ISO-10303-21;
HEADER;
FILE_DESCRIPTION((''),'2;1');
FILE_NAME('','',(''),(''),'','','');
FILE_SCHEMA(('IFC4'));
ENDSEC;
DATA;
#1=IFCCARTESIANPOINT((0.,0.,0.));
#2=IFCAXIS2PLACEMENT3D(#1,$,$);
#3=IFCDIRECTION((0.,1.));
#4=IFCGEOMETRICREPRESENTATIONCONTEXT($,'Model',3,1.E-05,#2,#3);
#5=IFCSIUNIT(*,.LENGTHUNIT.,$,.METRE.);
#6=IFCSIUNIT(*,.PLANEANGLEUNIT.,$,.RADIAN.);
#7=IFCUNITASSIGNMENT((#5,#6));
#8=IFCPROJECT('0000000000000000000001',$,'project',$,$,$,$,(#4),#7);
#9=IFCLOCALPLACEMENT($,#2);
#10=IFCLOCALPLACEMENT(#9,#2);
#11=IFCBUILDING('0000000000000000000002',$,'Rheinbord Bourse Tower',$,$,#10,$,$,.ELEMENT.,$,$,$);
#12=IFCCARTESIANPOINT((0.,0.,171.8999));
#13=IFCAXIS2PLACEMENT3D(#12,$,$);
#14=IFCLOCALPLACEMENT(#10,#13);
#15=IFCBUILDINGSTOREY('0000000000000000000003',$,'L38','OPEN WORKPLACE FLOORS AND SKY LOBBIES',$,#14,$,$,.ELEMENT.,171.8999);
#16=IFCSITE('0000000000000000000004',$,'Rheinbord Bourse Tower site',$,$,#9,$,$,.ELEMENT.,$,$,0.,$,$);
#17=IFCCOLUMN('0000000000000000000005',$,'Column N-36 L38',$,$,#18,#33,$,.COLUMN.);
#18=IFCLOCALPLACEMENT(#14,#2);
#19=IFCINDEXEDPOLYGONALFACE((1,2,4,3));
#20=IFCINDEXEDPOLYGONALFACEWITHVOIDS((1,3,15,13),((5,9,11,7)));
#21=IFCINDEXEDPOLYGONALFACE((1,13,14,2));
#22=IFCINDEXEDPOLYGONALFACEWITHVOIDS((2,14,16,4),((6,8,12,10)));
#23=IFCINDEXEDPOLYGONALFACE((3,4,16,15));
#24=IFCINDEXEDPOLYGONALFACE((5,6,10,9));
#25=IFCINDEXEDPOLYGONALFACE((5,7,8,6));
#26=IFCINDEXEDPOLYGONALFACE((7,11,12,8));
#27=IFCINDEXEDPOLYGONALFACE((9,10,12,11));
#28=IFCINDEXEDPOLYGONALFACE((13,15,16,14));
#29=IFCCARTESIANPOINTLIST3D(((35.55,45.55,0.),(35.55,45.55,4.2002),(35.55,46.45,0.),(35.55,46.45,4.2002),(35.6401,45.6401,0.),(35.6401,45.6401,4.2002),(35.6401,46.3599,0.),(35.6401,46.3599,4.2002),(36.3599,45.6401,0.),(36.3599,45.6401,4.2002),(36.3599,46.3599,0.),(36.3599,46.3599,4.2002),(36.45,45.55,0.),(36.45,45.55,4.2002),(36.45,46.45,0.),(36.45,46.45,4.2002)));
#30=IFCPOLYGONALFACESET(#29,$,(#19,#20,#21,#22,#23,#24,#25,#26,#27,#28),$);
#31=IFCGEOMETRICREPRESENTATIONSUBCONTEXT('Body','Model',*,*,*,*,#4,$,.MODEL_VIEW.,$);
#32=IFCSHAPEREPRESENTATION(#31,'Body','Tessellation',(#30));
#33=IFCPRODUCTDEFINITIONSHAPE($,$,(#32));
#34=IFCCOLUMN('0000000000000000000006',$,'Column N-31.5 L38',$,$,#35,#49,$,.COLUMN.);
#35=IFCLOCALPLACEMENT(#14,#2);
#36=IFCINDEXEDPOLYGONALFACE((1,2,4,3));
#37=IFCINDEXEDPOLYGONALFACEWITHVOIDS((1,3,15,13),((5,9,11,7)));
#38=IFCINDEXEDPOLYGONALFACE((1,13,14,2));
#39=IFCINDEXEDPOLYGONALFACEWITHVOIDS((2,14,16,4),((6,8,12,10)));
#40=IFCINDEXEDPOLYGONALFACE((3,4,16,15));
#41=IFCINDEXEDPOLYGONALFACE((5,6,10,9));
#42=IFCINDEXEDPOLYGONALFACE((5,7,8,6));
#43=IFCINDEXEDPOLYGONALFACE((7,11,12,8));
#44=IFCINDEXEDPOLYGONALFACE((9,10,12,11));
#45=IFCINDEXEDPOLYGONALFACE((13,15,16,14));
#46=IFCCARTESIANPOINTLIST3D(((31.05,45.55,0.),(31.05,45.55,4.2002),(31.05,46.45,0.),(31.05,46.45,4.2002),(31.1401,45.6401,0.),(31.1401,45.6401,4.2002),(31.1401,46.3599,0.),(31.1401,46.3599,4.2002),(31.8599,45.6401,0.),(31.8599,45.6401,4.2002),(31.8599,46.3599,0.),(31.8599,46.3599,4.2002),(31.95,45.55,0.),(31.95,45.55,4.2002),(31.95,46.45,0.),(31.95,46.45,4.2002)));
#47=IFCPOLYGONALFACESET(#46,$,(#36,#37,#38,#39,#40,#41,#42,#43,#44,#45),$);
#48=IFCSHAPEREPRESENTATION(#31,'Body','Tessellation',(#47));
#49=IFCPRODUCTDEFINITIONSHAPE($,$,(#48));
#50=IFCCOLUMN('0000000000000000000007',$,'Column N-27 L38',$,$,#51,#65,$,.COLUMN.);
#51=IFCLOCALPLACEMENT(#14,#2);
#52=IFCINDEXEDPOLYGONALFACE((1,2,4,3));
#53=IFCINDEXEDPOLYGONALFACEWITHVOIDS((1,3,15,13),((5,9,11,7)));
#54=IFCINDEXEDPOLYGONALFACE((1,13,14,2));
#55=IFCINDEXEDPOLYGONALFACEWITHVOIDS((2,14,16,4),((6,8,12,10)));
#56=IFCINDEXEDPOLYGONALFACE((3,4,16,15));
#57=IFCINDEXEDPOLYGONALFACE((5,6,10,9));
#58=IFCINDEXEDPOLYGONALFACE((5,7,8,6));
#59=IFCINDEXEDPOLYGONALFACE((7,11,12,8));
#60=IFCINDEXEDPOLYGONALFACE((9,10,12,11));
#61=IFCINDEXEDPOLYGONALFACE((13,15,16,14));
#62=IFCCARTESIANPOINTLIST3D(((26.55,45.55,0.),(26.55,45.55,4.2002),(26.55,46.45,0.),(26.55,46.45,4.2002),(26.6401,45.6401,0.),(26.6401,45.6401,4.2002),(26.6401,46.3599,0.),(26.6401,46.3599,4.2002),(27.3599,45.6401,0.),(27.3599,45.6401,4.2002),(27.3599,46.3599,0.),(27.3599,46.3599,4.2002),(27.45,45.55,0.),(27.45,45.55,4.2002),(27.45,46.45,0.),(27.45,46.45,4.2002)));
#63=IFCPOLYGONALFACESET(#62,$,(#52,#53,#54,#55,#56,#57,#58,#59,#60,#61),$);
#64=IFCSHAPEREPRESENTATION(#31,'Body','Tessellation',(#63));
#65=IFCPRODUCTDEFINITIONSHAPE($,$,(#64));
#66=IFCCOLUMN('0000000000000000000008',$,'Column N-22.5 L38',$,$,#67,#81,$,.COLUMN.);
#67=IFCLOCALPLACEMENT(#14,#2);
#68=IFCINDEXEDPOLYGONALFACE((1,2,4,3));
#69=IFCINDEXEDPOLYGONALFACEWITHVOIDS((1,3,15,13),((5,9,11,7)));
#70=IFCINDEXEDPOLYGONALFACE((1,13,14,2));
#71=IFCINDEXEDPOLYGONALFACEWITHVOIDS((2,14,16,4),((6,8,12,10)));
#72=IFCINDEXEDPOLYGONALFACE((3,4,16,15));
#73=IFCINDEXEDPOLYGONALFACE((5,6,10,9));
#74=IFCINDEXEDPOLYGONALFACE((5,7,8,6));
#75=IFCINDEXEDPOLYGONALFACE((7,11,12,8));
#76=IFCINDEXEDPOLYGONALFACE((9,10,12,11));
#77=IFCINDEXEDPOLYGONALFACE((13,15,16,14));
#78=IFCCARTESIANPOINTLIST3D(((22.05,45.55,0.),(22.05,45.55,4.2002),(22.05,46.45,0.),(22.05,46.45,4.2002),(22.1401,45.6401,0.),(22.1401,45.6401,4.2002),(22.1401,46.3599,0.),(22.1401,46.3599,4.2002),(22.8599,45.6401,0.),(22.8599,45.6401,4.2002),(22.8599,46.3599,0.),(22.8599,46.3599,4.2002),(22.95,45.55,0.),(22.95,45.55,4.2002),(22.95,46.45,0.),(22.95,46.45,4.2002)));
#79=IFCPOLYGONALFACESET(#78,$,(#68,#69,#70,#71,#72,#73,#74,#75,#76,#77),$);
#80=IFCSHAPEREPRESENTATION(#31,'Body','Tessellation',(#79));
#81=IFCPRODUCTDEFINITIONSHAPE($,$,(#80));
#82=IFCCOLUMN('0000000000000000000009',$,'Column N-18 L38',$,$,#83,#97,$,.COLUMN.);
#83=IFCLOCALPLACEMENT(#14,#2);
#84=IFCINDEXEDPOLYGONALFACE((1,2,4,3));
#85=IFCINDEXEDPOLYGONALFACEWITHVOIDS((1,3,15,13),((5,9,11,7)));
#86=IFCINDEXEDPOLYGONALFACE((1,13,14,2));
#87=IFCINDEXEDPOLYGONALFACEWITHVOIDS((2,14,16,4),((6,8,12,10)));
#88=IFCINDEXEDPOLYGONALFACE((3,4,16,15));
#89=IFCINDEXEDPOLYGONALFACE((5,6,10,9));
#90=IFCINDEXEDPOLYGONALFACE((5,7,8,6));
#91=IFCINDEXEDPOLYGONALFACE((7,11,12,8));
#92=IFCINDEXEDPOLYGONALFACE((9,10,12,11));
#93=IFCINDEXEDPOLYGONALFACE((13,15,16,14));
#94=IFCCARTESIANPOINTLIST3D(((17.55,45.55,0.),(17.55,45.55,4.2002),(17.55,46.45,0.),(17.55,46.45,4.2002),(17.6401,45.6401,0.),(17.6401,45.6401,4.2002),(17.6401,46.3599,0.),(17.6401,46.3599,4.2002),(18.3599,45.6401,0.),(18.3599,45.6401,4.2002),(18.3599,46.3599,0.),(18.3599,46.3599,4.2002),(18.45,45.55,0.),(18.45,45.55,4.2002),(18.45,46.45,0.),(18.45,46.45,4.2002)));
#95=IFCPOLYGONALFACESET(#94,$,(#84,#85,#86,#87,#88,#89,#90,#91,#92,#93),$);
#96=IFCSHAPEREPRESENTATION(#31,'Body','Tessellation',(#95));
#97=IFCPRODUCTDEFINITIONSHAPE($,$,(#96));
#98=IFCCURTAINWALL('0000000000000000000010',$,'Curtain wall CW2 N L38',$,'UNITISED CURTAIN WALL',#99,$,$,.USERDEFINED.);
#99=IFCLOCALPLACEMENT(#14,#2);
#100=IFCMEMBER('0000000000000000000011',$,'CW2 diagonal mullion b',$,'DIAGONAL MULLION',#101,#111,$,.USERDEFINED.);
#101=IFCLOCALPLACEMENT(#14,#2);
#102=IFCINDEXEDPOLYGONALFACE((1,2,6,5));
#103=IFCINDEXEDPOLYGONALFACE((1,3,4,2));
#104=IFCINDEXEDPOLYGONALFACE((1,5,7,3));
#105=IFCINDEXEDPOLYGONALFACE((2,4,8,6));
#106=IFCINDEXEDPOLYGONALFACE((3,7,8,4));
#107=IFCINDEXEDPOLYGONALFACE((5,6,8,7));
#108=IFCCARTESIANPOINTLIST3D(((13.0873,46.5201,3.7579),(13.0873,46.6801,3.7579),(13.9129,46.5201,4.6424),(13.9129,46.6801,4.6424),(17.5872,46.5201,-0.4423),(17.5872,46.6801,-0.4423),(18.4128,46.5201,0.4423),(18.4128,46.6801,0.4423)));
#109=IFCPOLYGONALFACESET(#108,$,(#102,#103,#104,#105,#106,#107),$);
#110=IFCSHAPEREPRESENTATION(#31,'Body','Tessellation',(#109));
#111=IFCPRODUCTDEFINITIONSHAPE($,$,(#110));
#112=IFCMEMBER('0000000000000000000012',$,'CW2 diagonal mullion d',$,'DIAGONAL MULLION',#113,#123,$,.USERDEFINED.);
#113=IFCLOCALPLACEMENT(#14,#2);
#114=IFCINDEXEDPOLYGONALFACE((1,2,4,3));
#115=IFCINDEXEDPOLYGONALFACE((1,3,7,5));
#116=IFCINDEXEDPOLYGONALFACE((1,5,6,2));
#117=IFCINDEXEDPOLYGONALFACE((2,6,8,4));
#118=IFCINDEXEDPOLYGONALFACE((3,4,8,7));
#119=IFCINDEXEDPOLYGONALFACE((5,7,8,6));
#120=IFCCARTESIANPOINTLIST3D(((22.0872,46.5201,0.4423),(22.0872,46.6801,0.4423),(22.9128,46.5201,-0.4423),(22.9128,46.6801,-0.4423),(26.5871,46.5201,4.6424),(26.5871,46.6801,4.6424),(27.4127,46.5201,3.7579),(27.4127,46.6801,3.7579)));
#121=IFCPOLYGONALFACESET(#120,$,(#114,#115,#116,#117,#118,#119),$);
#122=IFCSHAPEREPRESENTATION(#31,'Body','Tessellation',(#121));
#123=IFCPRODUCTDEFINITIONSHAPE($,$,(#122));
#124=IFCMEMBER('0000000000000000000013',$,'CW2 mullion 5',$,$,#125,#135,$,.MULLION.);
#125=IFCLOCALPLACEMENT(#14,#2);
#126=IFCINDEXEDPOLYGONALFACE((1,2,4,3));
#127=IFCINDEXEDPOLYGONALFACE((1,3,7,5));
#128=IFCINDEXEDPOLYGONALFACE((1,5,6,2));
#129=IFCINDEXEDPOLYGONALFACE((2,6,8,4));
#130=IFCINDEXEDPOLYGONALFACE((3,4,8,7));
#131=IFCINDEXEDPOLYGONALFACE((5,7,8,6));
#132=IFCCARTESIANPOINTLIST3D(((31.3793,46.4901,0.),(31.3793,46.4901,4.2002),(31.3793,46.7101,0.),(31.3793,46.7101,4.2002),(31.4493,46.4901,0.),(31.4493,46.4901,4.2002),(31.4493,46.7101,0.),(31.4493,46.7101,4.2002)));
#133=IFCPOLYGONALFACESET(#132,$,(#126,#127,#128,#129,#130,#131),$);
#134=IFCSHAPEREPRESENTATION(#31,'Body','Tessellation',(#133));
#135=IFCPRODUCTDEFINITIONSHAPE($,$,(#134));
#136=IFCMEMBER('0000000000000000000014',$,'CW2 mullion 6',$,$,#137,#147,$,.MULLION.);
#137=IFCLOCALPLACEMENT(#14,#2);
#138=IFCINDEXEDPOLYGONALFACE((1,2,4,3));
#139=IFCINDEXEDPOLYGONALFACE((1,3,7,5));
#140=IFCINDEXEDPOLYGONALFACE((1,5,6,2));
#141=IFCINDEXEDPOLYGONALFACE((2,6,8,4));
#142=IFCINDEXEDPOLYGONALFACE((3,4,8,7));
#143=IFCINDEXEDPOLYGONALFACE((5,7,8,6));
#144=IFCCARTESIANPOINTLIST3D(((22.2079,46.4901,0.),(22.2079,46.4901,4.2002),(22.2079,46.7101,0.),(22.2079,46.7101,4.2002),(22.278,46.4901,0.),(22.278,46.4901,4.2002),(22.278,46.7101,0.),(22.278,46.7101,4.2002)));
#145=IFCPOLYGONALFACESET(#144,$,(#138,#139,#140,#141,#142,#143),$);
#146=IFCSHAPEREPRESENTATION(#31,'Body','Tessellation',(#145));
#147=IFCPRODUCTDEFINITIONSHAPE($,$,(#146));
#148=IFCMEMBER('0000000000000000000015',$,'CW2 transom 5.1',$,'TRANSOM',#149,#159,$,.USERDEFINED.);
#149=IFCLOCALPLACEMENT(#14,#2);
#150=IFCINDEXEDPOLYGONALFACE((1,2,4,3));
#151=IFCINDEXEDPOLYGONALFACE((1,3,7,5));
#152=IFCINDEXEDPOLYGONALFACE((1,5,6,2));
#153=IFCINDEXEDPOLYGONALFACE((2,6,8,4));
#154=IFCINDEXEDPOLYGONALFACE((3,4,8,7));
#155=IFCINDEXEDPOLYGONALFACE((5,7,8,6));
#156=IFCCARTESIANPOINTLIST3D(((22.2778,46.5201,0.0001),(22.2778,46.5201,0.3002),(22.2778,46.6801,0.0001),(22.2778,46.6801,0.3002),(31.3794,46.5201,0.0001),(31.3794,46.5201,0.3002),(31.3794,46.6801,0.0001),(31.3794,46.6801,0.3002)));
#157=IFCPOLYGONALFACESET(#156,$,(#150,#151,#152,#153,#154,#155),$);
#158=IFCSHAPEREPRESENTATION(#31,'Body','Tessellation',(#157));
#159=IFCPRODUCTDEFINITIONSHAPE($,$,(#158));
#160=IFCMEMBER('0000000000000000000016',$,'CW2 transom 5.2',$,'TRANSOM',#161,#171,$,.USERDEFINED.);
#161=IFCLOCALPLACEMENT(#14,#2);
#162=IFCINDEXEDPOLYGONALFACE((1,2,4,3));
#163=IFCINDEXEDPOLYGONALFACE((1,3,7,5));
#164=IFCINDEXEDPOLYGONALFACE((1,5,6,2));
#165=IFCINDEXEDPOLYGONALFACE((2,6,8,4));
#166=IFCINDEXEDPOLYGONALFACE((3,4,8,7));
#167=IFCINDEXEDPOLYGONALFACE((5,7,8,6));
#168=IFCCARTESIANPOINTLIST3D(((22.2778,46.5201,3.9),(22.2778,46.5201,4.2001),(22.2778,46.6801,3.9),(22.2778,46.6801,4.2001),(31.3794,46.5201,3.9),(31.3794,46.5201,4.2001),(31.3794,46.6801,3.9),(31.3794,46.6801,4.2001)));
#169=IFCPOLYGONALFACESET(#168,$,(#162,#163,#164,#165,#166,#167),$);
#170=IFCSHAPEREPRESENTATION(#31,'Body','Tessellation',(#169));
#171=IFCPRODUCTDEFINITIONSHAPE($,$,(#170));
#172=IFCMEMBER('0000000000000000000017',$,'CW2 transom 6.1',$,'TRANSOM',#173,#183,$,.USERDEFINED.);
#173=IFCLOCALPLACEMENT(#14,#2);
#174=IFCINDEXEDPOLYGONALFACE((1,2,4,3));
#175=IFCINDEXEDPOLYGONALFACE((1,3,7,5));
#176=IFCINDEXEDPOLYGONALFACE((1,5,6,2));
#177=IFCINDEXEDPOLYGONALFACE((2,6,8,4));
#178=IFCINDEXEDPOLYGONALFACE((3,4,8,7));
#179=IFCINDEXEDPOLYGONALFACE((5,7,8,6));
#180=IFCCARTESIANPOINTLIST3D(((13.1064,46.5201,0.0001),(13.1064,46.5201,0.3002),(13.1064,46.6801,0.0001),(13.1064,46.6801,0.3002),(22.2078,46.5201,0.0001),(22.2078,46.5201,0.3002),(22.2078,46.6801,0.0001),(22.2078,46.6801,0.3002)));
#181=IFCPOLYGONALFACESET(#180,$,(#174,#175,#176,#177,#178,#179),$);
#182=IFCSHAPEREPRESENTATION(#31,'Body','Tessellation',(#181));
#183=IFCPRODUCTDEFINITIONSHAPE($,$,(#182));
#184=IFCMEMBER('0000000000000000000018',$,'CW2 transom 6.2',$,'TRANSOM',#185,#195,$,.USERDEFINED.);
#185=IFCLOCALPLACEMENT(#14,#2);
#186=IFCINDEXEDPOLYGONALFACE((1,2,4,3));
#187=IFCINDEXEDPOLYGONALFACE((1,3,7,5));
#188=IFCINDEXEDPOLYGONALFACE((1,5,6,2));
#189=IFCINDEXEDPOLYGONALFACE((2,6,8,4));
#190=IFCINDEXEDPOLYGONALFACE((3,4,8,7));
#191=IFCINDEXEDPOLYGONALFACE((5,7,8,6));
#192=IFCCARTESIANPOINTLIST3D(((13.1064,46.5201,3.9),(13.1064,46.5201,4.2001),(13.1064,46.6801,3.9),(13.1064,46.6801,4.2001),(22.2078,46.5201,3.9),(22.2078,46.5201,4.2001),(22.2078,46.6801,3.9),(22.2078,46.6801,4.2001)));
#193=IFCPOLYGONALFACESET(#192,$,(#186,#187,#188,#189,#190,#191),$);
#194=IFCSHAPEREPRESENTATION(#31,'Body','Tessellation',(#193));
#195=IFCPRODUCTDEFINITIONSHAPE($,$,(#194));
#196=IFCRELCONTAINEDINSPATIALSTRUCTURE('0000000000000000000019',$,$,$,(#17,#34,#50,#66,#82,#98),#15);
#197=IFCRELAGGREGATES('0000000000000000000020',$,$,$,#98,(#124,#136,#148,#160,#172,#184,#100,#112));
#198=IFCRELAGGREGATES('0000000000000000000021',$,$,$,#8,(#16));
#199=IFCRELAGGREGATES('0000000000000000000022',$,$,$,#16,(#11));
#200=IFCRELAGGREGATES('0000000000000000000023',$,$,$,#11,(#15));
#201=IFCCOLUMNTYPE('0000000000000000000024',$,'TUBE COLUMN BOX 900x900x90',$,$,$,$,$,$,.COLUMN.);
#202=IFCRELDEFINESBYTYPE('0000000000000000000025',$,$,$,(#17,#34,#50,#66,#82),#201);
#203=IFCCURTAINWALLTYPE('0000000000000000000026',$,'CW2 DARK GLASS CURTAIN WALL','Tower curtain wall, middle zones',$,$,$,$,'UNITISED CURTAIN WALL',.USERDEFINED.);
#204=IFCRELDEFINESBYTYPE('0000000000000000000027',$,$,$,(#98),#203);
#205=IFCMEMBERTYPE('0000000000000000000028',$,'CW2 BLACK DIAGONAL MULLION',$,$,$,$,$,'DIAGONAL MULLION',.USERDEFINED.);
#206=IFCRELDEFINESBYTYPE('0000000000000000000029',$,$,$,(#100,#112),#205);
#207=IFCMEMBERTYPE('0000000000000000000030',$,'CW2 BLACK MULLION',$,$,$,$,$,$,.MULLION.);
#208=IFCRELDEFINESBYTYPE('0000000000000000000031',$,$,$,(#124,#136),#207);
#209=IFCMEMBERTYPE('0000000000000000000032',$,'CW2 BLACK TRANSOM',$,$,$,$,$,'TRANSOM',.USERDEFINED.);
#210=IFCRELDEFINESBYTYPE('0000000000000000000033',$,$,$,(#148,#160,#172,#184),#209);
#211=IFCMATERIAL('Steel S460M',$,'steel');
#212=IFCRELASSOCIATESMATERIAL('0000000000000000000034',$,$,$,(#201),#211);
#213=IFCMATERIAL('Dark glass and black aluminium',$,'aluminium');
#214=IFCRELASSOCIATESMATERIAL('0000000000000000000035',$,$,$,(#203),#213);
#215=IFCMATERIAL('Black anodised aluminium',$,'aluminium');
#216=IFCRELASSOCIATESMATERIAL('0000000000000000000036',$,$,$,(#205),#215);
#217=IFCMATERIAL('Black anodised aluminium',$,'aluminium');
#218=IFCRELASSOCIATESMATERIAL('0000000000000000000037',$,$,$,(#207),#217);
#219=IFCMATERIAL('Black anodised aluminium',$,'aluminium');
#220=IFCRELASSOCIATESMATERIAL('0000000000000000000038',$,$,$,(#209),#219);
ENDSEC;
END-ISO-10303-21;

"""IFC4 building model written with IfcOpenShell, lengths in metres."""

from ifc_helpers import new_model, si_unit, direction, frame, origin, origin_2d, place, context, subcontext, project, spatial, rectangle, hollow_rectangle, extrude, material, material_profile, profile_set, type_object, element, aggregate, save


model = new_model("IFC4")

# Units and contexts
model_context = context("Model", 3, precision=1e-05, world=origin(), true_north=direction((0.0, 1.0)))
body_context = subcontext(model_context, "Body", "Model", "MODEL_VIEW")
ifc_project = project(units=[si_unit("LENGTHUNIT", "METRE"), si_unit("PLANEANGLEUNIT", "RADIAN")], contexts=[model_context])

# Site, building, storey
site_placement = place(None, origin())
site = spatial("IfcSite", under=ifc_project, at=site_placement, Name="Rheinbord Bourse Tower site", CompositionType="ELEMENT", RefElevation=0.0)
building_placement = place(site_placement, origin())
building = spatial("IfcBuilding", under=site, at=building_placement, Name="Rheinbord Bourse Tower", CompositionType="ELEMENT")
storey_placement = place(building_placement, frame((0.0, 0.0, 171.8999)))
storey = spatial("IfcBuildingStorey", under=building, at=storey_placement, Name="L38", Description="OPEN WORKPLACE FLOORS AND SKY LOBBIES", CompositionType="ELEMENT", Elevation=171.8999)

# Columns
ifc_material_1 = material(Name="Steel S460M", Category="steel")
ifc_material_profile_1 = material_profile(ifc_material_1, hollow_rectangle(XDim=0.8999, YDim=0.8999, WallThickness=0.0901, at=origin_2d()), Name="BOX 900x900x90")
ifc_profile_set_1 = profile_set([ifc_material_profile_1], Name="Steel S460M")
column_type = type_object("IfcColumnType", Name="TUBE COLUMN BOX 900x900x90", PredefinedType="COLUMN", material=ifc_profile_set_1)
for number, where, z_axis, x_axis, name in (
    (1, (36.0, 46.0, 0.0), (0.0, 0.0, 1.0), (0.0, 1.0, 0.0), "Column N-36 L38"),
    (2, (31.5, 46.0, 0.0), (0.0, 0.0, 1.0), (0.0, 1.0, 0.0), "Column N-31.5 L38"),
    (3, (27.0, 46.0, 0.0), (0.0, 0.0, 1.0), (0.0, 1.0, 0.0), "Column N-27 L38"),
    (4, (22.5, 46.0, 0.0), (0.0, 0.0, 1.0), (0.0, 1.0, 0.0), "Column N-22.5 L38"),
    (5, (18.0, 46.0, 0.0), (0.0, 0.0, 1.0), (0.0, 1.0, 0.0), "Column N-18 L38"),
):
    element("IfcColumn", number, at=place(storey_placement, frame(where, z_axis=z_axis, x_axis=x_axis)), inside=storey, type_object=column_type, Name=name, PredefinedType="COLUMN", context=body_context, shape_type="SweptSolid", body=[
        extrude(hollow_rectangle(XDim=0.8999, YDim=0.8999, WallThickness=0.0901, at=origin_2d()), origin(), (0.0, 0.0, 1.0), 4.2002),
    ])

# Curtain wall, members
ifc_material_2 = material(Name="Dark glass and black aluminium", Category="aluminium")
curtain_wall_type = type_object("IfcCurtainWallType", Name="CW2 DARK GLASS CURTAIN WALL", Description="Tower curtain wall, middle zones", ElementType="UNITISED CURTAIN WALL", PredefinedType="USERDEFINED", material=ifc_material_2)
curtain_wall_placement = place(storey_placement, origin())
curtain_wall = element("IfcCurtainWall", 6, at=curtain_wall_placement, inside=storey, type_object=curtain_wall_type, Name="Curtain wall CW2 N L38", ObjectType="UNITISED CURTAIN WALL", PredefinedType="USERDEFINED")
ifc_material_3 = material(Name="Black anodised aluminium", Category="aluminium")
ifc_material_profile_2 = material_profile(ifc_material_3, rectangle(XDim=0.1599, YDim=1.21, at=origin_2d()), Name="CW2 DIAGONAL MULLION 1210x160")
ifc_profile_set_2 = profile_set([ifc_material_profile_2], Name="Black anodised aluminium")
member_type_1 = type_object("IfcMemberType", Name="CW2 BLACK DIAGONAL MULLION", ElementType="DIAGONAL MULLION", PredefinedType="USERDEFINED", material=ifc_profile_set_2)
member_1_placement = place(storey_placement, frame((18.0, 46.6001, 0.0), z_axis=(-0.731039, 0.0, 0.682335), x_axis=(0.0, -1.0, 0.0)))
member_1 = element("IfcMember", 7, at=member_1_placement, type_object=member_type_1, Name="CW2 diagonal mullion b", ObjectType="DIAGONAL MULLION", PredefinedType="USERDEFINED", context=body_context, shape_type="SweptSolid", body=[
    extrude(rectangle(XDim=0.1599, YDim=1.21, at=origin_2d()), origin(), (0.0, 0.0, 1.0), 6.1555),
])
member_2_placement = place(storey_placement, frame((22.5, 46.6001, 0.0), z_axis=(0.731039, 0.0, 0.682335), x_axis=(0.0, 1.0, 0.0)))
member_2 = element("IfcMember", 8, at=member_2_placement, type_object=member_type_1, Name="CW2 diagonal mullion d", ObjectType="DIAGONAL MULLION", PredefinedType="USERDEFINED", context=body_context, shape_type="SweptSolid", body=[
    extrude(rectangle(XDim=0.1599, YDim=1.21, at=origin_2d()), origin(), (0.0, 0.0, 1.0), 6.1555),
])
ifc_material_4 = material(Name="Black anodised aluminium", Category="aluminium")
ifc_material_profile_3 = material_profile(ifc_material_4, rectangle(XDim=0.22, YDim=0.0701, at=origin_2d()), Name="CW2 MULLION 70x220")
ifc_profile_set_3 = profile_set([ifc_material_profile_3], Name="Black anodised aluminium")
member_type_2 = type_object("IfcMemberType", Name="CW2 BLACK MULLION", PredefinedType="MULLION", material=ifc_profile_set_3)
member_3_placement = place(storey_placement, frame((31.4143, 46.6001, 0.0), z_axis=(0.0, 0.0, 1.0), x_axis=(0.0, -1.0, 0.0)))
member_3 = element("IfcMember", 9, at=member_3_placement, type_object=member_type_2, Name="CW2 mullion 5", PredefinedType="MULLION", context=body_context, shape_type="SweptSolid", body=[
    extrude(rectangle(XDim=0.22, YDim=0.0701, at=origin_2d()), origin(), (0.0, 0.0, 1.0), 4.2002),
])
member_4_placement = place(storey_placement, frame((22.2429, 46.6001, 0.0), z_axis=(0.0, 0.0, 1.0), x_axis=(0.0, -1.0, 0.0)))
member_4 = element("IfcMember", 10, at=member_4_placement, type_object=member_type_2, Name="CW2 mullion 6", PredefinedType="MULLION", context=body_context, shape_type="SweptSolid", body=[
    extrude(rectangle(XDim=0.22, YDim=0.0701, at=origin_2d()), origin(), (0.0, 0.0, 1.0), 4.2002),
])
ifc_material_5 = material(Name="Black anodised aluminium", Category="aluminium")
ifc_material_profile_4 = material_profile(ifc_material_5, rectangle(XDim=0.1599, YDim=0.3, at=origin_2d()), Name="CW2 TRANSOM 300x160")
ifc_profile_set_4 = profile_set([ifc_material_profile_4], Name="Black anodised aluminium")
member_type_3 = type_object("IfcMemberType", Name="CW2 BLACK TRANSOM", ElementType="TRANSOM", PredefinedType="USERDEFINED", material=ifc_profile_set_4)
member_5_placement = place(storey_placement, frame((31.3794, 46.6001, 0.1501), z_axis=(-1.0, 0.0, 0.0), x_axis=(0.0, -1.0, 0.0)))
member_5 = element("IfcMember", 11, at=member_5_placement, type_object=member_type_3, Name="CW2 transom 5.1", ObjectType="TRANSOM", PredefinedType="USERDEFINED", context=body_context, shape_type="SweptSolid", body=[
    extrude(rectangle(XDim=0.1599, YDim=0.3, at=origin_2d()), origin(), (0.0, 0.0, 1.0), 9.1016),
])
member_6_placement = place(storey_placement, frame((31.3794, 46.6001, 4.05), z_axis=(-1.0, 0.0, 0.0), x_axis=(0.0, -1.0, 0.0)))
member_6 = element("IfcMember", 12, at=member_6_placement, type_object=member_type_3, Name="CW2 transom 5.2", ObjectType="TRANSOM", PredefinedType="USERDEFINED", context=body_context, shape_type="SweptSolid", body=[
    extrude(rectangle(XDim=0.1599, YDim=0.3, at=origin_2d()), origin(), (0.0, 0.0, 1.0), 9.1016),
])
member_7_placement = place(storey_placement, frame((22.2078, 46.6001, 0.1501), z_axis=(-1.0, 0.0, 0.0), x_axis=(0.0, -1.0, 0.0)))
member_7 = element("IfcMember", 13, at=member_7_placement, type_object=member_type_3, Name="CW2 transom 6.1", ObjectType="TRANSOM", PredefinedType="USERDEFINED", context=body_context, shape_type="SweptSolid", body=[
    extrude(rectangle(XDim=0.1599, YDim=0.3, at=origin_2d()), origin(), (0.0, 0.0, 1.0), 9.1013),
])
member_8_placement = place(storey_placement, frame((22.2078, 46.6001, 4.05), z_axis=(-1.0, 0.0, 0.0), x_axis=(0.0, -1.0, 0.0)))
member_8 = element("IfcMember", 14, at=member_8_placement, type_object=member_type_3, Name="CW2 transom 6.2", ObjectType="TRANSOM", PredefinedType="USERDEFINED", context=body_context, shape_type="SweptSolid", body=[
    extrude(rectangle(XDim=0.1599, YDim=0.3, at=origin_2d()), origin(), (0.0, 0.0, 1.0), 9.1013),
])

aggregate(curtain_wall, [member_3, member_4, member_5, member_6, member_7, member_8, member_1, member_2])

save(model, "model.ifc")
